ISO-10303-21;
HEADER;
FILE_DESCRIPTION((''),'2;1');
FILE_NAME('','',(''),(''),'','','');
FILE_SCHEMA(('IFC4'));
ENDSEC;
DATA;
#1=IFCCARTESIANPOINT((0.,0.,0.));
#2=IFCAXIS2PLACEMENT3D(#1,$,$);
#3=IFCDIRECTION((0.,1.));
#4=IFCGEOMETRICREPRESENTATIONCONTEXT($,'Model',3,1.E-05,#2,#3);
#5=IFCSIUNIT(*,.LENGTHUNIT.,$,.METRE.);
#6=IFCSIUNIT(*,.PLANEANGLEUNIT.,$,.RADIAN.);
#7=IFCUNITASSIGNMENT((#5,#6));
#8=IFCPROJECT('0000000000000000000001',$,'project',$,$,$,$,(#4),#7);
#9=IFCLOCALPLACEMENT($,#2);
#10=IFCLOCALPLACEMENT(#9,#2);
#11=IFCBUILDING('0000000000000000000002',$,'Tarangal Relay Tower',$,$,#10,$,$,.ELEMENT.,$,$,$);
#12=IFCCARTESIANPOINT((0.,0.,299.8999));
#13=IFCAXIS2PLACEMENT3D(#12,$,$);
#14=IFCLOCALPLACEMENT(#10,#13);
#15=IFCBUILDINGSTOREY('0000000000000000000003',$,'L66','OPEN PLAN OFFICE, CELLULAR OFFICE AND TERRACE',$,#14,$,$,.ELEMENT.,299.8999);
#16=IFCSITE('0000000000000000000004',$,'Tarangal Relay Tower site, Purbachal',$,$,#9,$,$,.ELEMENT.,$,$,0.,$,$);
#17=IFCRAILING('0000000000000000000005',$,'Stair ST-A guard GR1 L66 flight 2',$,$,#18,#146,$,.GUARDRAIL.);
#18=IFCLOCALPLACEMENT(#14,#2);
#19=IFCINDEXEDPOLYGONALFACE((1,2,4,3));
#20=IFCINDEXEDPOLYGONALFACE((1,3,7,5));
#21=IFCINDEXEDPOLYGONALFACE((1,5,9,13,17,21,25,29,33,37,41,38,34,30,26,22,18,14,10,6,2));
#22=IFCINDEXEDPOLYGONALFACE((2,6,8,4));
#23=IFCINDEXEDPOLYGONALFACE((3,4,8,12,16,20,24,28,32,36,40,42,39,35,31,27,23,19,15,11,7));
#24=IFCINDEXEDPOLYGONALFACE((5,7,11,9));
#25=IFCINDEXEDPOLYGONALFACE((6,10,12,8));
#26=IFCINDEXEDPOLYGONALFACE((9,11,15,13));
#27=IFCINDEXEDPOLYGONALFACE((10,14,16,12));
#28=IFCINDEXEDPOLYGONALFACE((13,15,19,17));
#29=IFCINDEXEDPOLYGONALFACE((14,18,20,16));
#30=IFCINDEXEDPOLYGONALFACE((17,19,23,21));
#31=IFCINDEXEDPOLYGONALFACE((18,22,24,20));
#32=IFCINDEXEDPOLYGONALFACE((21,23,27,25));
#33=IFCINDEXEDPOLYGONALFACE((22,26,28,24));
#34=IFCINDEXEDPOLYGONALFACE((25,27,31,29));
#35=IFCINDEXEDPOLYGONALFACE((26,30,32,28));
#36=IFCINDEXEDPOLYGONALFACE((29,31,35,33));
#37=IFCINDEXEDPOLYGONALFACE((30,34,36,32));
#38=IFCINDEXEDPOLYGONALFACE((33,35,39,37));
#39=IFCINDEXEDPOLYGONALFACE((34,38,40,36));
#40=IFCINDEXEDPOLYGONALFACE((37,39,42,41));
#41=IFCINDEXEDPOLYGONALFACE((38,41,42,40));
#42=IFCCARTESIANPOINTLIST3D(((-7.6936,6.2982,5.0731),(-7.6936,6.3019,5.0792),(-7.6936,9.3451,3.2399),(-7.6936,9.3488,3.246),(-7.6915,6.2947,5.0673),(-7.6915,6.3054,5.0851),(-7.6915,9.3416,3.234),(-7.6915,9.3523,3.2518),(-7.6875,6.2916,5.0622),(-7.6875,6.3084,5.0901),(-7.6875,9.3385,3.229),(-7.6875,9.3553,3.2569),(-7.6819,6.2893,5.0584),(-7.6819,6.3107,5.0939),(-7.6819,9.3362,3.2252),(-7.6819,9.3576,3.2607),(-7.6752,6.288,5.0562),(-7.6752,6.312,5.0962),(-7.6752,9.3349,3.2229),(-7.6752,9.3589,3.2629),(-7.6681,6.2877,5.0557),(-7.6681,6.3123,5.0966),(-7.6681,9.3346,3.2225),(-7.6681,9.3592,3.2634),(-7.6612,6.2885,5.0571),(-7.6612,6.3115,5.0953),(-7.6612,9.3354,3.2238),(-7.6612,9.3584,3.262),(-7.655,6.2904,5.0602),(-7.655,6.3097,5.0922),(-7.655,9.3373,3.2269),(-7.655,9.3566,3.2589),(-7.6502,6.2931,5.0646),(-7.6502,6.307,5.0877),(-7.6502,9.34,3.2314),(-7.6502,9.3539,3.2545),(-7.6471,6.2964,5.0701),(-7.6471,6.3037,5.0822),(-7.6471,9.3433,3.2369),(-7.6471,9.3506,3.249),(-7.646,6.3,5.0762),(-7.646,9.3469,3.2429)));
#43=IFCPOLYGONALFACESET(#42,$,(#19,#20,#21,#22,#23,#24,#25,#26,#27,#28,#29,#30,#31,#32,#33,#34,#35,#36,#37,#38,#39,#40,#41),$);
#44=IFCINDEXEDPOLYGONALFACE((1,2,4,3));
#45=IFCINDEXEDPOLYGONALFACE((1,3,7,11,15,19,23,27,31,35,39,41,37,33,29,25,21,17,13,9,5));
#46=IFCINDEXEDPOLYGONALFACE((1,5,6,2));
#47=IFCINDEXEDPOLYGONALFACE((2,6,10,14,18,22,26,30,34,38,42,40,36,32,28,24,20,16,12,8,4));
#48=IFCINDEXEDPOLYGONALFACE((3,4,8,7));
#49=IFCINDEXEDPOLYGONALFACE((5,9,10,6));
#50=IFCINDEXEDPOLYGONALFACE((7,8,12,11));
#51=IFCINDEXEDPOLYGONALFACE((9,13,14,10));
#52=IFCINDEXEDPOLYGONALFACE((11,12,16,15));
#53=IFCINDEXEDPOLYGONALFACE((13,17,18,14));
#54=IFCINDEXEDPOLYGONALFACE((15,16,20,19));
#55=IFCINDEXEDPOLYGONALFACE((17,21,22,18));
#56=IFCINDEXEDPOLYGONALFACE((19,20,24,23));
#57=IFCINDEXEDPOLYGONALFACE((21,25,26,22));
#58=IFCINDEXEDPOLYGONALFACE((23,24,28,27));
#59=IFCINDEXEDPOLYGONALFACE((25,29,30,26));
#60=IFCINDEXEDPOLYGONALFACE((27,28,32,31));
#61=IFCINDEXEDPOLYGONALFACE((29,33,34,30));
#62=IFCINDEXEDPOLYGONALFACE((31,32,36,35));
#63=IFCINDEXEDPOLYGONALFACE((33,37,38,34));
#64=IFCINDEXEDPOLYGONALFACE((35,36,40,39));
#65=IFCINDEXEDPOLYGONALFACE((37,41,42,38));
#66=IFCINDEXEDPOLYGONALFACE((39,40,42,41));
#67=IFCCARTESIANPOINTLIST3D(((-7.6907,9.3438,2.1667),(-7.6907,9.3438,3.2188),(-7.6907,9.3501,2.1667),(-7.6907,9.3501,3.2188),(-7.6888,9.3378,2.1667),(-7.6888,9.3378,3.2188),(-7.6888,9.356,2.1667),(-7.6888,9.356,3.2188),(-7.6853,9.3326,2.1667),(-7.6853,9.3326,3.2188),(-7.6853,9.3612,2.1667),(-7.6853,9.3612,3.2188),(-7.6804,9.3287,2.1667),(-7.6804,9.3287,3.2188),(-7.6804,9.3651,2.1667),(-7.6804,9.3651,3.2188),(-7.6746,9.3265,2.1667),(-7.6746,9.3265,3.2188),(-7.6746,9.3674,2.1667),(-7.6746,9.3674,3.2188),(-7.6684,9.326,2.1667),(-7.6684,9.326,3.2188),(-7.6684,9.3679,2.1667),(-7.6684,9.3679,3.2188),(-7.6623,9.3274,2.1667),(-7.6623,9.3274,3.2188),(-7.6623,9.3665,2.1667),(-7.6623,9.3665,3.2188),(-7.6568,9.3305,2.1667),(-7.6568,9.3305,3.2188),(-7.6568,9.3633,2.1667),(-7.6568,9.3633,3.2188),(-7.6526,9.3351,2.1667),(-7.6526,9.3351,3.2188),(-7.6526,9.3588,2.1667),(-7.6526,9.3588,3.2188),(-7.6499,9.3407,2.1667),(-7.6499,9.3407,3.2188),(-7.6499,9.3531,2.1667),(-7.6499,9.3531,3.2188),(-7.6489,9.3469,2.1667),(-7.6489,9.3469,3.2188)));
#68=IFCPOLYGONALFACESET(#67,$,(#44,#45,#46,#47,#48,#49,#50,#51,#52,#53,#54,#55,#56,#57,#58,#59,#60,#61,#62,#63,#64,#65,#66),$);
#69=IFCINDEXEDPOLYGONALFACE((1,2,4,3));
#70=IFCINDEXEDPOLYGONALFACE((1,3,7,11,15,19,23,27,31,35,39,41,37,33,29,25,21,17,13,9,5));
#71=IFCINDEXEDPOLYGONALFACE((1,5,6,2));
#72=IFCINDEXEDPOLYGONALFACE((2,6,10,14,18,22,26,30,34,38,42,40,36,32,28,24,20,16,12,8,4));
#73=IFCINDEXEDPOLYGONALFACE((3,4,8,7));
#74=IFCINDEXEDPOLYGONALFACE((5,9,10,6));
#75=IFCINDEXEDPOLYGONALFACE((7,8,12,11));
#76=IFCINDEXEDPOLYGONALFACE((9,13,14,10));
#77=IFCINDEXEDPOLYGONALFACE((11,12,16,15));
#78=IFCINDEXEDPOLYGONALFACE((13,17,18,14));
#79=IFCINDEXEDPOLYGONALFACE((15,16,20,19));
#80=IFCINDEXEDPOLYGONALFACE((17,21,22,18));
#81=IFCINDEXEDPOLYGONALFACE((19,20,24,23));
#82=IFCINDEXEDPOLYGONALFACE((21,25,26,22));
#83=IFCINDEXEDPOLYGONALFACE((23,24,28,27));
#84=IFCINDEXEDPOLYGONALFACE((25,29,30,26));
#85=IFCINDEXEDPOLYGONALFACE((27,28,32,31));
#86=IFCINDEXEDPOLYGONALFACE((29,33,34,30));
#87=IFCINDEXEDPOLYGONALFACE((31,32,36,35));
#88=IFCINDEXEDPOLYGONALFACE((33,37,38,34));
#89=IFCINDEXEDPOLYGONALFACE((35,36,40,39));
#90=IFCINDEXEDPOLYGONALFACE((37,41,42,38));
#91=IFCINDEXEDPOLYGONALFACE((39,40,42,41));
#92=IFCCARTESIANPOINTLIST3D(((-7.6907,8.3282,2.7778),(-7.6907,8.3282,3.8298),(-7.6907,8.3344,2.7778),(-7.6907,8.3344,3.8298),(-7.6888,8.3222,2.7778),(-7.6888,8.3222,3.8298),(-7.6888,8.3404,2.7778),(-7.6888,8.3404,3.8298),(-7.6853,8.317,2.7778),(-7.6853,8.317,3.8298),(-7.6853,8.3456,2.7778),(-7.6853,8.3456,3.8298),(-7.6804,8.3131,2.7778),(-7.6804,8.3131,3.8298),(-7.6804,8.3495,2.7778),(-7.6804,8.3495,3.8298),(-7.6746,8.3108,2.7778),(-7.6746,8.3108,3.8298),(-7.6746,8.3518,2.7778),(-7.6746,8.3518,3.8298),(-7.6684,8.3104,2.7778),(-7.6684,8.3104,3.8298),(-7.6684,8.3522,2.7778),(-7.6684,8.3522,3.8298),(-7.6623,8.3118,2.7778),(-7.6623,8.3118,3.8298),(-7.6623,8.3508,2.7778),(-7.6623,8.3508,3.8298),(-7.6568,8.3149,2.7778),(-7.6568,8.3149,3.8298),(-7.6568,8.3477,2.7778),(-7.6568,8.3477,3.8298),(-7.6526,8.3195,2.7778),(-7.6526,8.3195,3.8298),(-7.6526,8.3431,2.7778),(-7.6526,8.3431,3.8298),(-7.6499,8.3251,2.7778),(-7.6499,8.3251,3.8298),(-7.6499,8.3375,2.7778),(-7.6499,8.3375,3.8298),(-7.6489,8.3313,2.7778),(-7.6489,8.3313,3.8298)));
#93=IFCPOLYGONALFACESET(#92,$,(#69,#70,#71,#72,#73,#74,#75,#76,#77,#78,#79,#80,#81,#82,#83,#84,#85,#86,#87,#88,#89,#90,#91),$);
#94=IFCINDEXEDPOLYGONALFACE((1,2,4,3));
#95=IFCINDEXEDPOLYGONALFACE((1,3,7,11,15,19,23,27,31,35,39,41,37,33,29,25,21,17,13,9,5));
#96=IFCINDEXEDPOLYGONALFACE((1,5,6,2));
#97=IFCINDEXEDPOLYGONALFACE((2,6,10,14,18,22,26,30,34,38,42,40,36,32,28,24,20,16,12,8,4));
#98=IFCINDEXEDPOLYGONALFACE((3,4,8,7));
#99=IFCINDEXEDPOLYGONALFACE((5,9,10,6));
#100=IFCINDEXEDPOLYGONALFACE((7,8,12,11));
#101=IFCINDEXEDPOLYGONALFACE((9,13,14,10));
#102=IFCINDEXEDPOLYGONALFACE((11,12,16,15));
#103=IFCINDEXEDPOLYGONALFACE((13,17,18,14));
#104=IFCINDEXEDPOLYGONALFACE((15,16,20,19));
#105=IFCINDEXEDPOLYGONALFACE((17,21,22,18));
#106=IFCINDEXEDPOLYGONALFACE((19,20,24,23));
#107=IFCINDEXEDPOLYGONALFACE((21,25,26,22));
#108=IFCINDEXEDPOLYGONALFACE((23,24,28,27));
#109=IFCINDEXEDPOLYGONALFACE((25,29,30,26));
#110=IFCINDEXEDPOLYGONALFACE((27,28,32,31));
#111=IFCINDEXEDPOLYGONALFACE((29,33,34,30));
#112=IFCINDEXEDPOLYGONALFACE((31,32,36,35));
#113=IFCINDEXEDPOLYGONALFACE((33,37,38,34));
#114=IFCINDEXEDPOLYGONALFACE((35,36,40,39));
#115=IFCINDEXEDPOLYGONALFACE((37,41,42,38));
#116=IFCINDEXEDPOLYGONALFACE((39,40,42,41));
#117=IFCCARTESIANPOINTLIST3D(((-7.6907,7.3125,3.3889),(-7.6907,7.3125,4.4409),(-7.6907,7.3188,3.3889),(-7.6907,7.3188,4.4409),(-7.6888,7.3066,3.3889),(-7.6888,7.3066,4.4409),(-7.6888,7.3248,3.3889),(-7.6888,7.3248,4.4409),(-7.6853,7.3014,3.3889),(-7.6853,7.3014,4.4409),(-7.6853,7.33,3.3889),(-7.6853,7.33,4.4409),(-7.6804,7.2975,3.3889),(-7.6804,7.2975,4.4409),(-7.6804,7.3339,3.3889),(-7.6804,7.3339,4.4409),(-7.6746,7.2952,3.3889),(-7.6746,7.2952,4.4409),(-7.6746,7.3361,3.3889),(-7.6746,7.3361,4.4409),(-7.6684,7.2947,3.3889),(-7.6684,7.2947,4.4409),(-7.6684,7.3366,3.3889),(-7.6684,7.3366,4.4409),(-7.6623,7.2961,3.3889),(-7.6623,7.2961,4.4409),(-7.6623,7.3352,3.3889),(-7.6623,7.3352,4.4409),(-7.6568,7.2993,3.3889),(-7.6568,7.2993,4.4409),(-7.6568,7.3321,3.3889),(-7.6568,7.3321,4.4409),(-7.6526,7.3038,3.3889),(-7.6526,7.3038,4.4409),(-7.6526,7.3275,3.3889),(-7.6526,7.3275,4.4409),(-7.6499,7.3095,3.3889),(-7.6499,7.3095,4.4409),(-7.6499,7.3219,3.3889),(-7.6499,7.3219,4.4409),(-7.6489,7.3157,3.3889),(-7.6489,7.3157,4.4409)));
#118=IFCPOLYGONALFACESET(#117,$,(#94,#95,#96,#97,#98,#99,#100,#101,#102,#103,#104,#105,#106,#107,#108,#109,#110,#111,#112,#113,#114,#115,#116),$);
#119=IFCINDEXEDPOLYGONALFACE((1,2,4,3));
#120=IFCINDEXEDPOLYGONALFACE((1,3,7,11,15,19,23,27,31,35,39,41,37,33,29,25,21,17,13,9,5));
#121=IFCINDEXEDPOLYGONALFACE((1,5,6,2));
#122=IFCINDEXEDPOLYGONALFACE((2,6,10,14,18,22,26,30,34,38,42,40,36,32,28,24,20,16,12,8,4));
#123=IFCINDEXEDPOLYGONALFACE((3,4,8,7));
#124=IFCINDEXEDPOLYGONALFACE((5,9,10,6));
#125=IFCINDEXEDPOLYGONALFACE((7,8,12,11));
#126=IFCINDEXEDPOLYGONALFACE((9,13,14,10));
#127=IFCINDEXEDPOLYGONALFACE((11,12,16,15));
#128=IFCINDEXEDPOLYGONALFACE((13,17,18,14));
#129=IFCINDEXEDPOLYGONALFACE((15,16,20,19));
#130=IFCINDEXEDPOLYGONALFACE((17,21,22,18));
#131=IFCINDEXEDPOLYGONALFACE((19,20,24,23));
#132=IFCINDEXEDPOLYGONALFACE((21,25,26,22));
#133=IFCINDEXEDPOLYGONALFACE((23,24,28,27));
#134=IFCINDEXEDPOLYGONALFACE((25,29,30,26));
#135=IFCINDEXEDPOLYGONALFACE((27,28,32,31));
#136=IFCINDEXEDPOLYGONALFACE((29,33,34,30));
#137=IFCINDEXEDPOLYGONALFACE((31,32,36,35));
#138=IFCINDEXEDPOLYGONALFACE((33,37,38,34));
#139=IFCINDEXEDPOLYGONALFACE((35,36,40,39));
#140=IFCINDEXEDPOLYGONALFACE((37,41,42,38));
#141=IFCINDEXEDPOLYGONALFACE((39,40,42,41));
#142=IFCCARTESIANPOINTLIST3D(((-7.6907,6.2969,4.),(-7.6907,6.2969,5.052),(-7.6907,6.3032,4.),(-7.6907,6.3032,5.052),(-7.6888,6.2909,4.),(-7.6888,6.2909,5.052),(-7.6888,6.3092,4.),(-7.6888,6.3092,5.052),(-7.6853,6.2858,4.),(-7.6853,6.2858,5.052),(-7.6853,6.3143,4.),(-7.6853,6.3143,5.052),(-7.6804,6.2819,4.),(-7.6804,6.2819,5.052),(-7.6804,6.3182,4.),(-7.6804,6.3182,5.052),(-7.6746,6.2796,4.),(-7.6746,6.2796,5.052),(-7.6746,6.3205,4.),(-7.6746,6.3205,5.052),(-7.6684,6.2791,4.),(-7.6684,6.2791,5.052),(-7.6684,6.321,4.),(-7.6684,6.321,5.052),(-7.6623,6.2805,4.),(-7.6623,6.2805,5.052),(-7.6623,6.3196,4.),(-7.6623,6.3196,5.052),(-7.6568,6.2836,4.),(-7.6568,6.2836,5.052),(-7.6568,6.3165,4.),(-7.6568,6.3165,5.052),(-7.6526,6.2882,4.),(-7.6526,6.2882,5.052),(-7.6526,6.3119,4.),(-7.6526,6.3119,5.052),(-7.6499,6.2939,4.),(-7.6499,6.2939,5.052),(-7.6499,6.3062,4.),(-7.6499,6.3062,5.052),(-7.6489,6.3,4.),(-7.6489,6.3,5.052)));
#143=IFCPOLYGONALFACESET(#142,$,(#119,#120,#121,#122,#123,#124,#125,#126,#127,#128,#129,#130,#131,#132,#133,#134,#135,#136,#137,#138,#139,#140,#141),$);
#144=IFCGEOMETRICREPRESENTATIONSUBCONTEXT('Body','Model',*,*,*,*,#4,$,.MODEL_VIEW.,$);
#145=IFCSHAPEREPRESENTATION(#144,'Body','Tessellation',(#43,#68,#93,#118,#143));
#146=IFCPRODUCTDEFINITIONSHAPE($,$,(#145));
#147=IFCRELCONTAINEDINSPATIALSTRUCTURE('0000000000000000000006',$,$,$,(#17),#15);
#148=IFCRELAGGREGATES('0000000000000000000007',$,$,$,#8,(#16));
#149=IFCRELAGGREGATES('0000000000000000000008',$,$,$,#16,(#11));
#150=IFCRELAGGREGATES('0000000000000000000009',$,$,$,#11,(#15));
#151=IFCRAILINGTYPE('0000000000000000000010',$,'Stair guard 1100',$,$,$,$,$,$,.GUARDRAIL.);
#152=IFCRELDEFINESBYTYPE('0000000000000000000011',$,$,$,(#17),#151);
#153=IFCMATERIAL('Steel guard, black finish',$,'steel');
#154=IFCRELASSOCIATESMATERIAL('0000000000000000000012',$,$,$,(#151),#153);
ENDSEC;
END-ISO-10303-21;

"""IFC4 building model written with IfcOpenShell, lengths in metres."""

from ifc_helpers import new_model, si_unit, direction, frame, origin, origin_2d, place, context, subcontext, project, spatial, circle, extrude, material, type_object, element, save


model = new_model("IFC4")

# Units and contexts
model_context = context("Model", 3, precision=1e-05, world=origin(), true_north=direction((0.0, 1.0)))
body_context = subcontext(model_context, "Body", "Model", "MODEL_VIEW")
ifc_project = project(units=[si_unit("LENGTHUNIT", "METRE"), si_unit("PLANEANGLEUNIT", "RADIAN")], contexts=[model_context])

# Site, building, storey
site_placement = place(None, origin())
site = spatial("IfcSite", under=ifc_project, at=site_placement, Name="Tarangal Relay Tower site, Purbachal", CompositionType="ELEMENT", RefElevation=0.0)
building_placement = place(site_placement, origin())
building = spatial("IfcBuilding", under=site, at=building_placement, Name="Tarangal Relay Tower", CompositionType="ELEMENT")
storey_placement = place(building_placement, frame((0.0, 0.0, 299.8999)))
storey = spatial("IfcBuildingStorey", under=building, at=storey_placement, Name="L66", Description="OPEN PLAN OFFICE, CELLULAR OFFICE AND TERRACE", CompositionType="ELEMENT", Elevation=299.8999)

# Railing
ifc_material_1 = material(Name="Steel guard, black finish", Category="steel")
railing_type_1 = type_object("IfcRailingType", Name="Stair guard 1100", PredefinedType="GUARDRAIL", material=ifc_material_1)
railing_1_placement = place(storey_placement, frame((-7.6699, 9.3469, 2.1667)))
element("IfcRailing", 1, at=railing_1_placement, inside=storey, type_object=railing_type_1, Name="Stair ST-A guard GR1 L66 flight 2", PredefinedType="GUARDRAIL", context=body_context, shape_type="SweptSolid", body=[
    extrude(circle(Radius=0.0239, at=origin_2d()), frame((0.0, 0.0, 1.0762), z_axis=(0.0, -0.856856, 0.515556), x_axis=(1.0, 0.0, 0.0)), (0.0, 0.0, 1.0), 3.5559),
    extrude(circle(Radius=0.021, at=origin_2d()), origin(), (0.0, 0.0, 1.0), 1.052),
    extrude(circle(Radius=0.021, at=origin_2d()), frame((0.0, -1.0156, 0.6111)), (0.0, 0.0, 1.0), 1.052),
    extrude(circle(Radius=0.021, at=origin_2d()), frame((0.0, -2.0312, 1.2222)), (0.0, 0.0, 1.0), 1.052),
    extrude(circle(Radius=0.021, at=origin_2d()), frame((0.0, -3.0469, 1.8333)), (0.0, 0.0, 1.0), 1.052),
])

save(model, "model.ifc")
